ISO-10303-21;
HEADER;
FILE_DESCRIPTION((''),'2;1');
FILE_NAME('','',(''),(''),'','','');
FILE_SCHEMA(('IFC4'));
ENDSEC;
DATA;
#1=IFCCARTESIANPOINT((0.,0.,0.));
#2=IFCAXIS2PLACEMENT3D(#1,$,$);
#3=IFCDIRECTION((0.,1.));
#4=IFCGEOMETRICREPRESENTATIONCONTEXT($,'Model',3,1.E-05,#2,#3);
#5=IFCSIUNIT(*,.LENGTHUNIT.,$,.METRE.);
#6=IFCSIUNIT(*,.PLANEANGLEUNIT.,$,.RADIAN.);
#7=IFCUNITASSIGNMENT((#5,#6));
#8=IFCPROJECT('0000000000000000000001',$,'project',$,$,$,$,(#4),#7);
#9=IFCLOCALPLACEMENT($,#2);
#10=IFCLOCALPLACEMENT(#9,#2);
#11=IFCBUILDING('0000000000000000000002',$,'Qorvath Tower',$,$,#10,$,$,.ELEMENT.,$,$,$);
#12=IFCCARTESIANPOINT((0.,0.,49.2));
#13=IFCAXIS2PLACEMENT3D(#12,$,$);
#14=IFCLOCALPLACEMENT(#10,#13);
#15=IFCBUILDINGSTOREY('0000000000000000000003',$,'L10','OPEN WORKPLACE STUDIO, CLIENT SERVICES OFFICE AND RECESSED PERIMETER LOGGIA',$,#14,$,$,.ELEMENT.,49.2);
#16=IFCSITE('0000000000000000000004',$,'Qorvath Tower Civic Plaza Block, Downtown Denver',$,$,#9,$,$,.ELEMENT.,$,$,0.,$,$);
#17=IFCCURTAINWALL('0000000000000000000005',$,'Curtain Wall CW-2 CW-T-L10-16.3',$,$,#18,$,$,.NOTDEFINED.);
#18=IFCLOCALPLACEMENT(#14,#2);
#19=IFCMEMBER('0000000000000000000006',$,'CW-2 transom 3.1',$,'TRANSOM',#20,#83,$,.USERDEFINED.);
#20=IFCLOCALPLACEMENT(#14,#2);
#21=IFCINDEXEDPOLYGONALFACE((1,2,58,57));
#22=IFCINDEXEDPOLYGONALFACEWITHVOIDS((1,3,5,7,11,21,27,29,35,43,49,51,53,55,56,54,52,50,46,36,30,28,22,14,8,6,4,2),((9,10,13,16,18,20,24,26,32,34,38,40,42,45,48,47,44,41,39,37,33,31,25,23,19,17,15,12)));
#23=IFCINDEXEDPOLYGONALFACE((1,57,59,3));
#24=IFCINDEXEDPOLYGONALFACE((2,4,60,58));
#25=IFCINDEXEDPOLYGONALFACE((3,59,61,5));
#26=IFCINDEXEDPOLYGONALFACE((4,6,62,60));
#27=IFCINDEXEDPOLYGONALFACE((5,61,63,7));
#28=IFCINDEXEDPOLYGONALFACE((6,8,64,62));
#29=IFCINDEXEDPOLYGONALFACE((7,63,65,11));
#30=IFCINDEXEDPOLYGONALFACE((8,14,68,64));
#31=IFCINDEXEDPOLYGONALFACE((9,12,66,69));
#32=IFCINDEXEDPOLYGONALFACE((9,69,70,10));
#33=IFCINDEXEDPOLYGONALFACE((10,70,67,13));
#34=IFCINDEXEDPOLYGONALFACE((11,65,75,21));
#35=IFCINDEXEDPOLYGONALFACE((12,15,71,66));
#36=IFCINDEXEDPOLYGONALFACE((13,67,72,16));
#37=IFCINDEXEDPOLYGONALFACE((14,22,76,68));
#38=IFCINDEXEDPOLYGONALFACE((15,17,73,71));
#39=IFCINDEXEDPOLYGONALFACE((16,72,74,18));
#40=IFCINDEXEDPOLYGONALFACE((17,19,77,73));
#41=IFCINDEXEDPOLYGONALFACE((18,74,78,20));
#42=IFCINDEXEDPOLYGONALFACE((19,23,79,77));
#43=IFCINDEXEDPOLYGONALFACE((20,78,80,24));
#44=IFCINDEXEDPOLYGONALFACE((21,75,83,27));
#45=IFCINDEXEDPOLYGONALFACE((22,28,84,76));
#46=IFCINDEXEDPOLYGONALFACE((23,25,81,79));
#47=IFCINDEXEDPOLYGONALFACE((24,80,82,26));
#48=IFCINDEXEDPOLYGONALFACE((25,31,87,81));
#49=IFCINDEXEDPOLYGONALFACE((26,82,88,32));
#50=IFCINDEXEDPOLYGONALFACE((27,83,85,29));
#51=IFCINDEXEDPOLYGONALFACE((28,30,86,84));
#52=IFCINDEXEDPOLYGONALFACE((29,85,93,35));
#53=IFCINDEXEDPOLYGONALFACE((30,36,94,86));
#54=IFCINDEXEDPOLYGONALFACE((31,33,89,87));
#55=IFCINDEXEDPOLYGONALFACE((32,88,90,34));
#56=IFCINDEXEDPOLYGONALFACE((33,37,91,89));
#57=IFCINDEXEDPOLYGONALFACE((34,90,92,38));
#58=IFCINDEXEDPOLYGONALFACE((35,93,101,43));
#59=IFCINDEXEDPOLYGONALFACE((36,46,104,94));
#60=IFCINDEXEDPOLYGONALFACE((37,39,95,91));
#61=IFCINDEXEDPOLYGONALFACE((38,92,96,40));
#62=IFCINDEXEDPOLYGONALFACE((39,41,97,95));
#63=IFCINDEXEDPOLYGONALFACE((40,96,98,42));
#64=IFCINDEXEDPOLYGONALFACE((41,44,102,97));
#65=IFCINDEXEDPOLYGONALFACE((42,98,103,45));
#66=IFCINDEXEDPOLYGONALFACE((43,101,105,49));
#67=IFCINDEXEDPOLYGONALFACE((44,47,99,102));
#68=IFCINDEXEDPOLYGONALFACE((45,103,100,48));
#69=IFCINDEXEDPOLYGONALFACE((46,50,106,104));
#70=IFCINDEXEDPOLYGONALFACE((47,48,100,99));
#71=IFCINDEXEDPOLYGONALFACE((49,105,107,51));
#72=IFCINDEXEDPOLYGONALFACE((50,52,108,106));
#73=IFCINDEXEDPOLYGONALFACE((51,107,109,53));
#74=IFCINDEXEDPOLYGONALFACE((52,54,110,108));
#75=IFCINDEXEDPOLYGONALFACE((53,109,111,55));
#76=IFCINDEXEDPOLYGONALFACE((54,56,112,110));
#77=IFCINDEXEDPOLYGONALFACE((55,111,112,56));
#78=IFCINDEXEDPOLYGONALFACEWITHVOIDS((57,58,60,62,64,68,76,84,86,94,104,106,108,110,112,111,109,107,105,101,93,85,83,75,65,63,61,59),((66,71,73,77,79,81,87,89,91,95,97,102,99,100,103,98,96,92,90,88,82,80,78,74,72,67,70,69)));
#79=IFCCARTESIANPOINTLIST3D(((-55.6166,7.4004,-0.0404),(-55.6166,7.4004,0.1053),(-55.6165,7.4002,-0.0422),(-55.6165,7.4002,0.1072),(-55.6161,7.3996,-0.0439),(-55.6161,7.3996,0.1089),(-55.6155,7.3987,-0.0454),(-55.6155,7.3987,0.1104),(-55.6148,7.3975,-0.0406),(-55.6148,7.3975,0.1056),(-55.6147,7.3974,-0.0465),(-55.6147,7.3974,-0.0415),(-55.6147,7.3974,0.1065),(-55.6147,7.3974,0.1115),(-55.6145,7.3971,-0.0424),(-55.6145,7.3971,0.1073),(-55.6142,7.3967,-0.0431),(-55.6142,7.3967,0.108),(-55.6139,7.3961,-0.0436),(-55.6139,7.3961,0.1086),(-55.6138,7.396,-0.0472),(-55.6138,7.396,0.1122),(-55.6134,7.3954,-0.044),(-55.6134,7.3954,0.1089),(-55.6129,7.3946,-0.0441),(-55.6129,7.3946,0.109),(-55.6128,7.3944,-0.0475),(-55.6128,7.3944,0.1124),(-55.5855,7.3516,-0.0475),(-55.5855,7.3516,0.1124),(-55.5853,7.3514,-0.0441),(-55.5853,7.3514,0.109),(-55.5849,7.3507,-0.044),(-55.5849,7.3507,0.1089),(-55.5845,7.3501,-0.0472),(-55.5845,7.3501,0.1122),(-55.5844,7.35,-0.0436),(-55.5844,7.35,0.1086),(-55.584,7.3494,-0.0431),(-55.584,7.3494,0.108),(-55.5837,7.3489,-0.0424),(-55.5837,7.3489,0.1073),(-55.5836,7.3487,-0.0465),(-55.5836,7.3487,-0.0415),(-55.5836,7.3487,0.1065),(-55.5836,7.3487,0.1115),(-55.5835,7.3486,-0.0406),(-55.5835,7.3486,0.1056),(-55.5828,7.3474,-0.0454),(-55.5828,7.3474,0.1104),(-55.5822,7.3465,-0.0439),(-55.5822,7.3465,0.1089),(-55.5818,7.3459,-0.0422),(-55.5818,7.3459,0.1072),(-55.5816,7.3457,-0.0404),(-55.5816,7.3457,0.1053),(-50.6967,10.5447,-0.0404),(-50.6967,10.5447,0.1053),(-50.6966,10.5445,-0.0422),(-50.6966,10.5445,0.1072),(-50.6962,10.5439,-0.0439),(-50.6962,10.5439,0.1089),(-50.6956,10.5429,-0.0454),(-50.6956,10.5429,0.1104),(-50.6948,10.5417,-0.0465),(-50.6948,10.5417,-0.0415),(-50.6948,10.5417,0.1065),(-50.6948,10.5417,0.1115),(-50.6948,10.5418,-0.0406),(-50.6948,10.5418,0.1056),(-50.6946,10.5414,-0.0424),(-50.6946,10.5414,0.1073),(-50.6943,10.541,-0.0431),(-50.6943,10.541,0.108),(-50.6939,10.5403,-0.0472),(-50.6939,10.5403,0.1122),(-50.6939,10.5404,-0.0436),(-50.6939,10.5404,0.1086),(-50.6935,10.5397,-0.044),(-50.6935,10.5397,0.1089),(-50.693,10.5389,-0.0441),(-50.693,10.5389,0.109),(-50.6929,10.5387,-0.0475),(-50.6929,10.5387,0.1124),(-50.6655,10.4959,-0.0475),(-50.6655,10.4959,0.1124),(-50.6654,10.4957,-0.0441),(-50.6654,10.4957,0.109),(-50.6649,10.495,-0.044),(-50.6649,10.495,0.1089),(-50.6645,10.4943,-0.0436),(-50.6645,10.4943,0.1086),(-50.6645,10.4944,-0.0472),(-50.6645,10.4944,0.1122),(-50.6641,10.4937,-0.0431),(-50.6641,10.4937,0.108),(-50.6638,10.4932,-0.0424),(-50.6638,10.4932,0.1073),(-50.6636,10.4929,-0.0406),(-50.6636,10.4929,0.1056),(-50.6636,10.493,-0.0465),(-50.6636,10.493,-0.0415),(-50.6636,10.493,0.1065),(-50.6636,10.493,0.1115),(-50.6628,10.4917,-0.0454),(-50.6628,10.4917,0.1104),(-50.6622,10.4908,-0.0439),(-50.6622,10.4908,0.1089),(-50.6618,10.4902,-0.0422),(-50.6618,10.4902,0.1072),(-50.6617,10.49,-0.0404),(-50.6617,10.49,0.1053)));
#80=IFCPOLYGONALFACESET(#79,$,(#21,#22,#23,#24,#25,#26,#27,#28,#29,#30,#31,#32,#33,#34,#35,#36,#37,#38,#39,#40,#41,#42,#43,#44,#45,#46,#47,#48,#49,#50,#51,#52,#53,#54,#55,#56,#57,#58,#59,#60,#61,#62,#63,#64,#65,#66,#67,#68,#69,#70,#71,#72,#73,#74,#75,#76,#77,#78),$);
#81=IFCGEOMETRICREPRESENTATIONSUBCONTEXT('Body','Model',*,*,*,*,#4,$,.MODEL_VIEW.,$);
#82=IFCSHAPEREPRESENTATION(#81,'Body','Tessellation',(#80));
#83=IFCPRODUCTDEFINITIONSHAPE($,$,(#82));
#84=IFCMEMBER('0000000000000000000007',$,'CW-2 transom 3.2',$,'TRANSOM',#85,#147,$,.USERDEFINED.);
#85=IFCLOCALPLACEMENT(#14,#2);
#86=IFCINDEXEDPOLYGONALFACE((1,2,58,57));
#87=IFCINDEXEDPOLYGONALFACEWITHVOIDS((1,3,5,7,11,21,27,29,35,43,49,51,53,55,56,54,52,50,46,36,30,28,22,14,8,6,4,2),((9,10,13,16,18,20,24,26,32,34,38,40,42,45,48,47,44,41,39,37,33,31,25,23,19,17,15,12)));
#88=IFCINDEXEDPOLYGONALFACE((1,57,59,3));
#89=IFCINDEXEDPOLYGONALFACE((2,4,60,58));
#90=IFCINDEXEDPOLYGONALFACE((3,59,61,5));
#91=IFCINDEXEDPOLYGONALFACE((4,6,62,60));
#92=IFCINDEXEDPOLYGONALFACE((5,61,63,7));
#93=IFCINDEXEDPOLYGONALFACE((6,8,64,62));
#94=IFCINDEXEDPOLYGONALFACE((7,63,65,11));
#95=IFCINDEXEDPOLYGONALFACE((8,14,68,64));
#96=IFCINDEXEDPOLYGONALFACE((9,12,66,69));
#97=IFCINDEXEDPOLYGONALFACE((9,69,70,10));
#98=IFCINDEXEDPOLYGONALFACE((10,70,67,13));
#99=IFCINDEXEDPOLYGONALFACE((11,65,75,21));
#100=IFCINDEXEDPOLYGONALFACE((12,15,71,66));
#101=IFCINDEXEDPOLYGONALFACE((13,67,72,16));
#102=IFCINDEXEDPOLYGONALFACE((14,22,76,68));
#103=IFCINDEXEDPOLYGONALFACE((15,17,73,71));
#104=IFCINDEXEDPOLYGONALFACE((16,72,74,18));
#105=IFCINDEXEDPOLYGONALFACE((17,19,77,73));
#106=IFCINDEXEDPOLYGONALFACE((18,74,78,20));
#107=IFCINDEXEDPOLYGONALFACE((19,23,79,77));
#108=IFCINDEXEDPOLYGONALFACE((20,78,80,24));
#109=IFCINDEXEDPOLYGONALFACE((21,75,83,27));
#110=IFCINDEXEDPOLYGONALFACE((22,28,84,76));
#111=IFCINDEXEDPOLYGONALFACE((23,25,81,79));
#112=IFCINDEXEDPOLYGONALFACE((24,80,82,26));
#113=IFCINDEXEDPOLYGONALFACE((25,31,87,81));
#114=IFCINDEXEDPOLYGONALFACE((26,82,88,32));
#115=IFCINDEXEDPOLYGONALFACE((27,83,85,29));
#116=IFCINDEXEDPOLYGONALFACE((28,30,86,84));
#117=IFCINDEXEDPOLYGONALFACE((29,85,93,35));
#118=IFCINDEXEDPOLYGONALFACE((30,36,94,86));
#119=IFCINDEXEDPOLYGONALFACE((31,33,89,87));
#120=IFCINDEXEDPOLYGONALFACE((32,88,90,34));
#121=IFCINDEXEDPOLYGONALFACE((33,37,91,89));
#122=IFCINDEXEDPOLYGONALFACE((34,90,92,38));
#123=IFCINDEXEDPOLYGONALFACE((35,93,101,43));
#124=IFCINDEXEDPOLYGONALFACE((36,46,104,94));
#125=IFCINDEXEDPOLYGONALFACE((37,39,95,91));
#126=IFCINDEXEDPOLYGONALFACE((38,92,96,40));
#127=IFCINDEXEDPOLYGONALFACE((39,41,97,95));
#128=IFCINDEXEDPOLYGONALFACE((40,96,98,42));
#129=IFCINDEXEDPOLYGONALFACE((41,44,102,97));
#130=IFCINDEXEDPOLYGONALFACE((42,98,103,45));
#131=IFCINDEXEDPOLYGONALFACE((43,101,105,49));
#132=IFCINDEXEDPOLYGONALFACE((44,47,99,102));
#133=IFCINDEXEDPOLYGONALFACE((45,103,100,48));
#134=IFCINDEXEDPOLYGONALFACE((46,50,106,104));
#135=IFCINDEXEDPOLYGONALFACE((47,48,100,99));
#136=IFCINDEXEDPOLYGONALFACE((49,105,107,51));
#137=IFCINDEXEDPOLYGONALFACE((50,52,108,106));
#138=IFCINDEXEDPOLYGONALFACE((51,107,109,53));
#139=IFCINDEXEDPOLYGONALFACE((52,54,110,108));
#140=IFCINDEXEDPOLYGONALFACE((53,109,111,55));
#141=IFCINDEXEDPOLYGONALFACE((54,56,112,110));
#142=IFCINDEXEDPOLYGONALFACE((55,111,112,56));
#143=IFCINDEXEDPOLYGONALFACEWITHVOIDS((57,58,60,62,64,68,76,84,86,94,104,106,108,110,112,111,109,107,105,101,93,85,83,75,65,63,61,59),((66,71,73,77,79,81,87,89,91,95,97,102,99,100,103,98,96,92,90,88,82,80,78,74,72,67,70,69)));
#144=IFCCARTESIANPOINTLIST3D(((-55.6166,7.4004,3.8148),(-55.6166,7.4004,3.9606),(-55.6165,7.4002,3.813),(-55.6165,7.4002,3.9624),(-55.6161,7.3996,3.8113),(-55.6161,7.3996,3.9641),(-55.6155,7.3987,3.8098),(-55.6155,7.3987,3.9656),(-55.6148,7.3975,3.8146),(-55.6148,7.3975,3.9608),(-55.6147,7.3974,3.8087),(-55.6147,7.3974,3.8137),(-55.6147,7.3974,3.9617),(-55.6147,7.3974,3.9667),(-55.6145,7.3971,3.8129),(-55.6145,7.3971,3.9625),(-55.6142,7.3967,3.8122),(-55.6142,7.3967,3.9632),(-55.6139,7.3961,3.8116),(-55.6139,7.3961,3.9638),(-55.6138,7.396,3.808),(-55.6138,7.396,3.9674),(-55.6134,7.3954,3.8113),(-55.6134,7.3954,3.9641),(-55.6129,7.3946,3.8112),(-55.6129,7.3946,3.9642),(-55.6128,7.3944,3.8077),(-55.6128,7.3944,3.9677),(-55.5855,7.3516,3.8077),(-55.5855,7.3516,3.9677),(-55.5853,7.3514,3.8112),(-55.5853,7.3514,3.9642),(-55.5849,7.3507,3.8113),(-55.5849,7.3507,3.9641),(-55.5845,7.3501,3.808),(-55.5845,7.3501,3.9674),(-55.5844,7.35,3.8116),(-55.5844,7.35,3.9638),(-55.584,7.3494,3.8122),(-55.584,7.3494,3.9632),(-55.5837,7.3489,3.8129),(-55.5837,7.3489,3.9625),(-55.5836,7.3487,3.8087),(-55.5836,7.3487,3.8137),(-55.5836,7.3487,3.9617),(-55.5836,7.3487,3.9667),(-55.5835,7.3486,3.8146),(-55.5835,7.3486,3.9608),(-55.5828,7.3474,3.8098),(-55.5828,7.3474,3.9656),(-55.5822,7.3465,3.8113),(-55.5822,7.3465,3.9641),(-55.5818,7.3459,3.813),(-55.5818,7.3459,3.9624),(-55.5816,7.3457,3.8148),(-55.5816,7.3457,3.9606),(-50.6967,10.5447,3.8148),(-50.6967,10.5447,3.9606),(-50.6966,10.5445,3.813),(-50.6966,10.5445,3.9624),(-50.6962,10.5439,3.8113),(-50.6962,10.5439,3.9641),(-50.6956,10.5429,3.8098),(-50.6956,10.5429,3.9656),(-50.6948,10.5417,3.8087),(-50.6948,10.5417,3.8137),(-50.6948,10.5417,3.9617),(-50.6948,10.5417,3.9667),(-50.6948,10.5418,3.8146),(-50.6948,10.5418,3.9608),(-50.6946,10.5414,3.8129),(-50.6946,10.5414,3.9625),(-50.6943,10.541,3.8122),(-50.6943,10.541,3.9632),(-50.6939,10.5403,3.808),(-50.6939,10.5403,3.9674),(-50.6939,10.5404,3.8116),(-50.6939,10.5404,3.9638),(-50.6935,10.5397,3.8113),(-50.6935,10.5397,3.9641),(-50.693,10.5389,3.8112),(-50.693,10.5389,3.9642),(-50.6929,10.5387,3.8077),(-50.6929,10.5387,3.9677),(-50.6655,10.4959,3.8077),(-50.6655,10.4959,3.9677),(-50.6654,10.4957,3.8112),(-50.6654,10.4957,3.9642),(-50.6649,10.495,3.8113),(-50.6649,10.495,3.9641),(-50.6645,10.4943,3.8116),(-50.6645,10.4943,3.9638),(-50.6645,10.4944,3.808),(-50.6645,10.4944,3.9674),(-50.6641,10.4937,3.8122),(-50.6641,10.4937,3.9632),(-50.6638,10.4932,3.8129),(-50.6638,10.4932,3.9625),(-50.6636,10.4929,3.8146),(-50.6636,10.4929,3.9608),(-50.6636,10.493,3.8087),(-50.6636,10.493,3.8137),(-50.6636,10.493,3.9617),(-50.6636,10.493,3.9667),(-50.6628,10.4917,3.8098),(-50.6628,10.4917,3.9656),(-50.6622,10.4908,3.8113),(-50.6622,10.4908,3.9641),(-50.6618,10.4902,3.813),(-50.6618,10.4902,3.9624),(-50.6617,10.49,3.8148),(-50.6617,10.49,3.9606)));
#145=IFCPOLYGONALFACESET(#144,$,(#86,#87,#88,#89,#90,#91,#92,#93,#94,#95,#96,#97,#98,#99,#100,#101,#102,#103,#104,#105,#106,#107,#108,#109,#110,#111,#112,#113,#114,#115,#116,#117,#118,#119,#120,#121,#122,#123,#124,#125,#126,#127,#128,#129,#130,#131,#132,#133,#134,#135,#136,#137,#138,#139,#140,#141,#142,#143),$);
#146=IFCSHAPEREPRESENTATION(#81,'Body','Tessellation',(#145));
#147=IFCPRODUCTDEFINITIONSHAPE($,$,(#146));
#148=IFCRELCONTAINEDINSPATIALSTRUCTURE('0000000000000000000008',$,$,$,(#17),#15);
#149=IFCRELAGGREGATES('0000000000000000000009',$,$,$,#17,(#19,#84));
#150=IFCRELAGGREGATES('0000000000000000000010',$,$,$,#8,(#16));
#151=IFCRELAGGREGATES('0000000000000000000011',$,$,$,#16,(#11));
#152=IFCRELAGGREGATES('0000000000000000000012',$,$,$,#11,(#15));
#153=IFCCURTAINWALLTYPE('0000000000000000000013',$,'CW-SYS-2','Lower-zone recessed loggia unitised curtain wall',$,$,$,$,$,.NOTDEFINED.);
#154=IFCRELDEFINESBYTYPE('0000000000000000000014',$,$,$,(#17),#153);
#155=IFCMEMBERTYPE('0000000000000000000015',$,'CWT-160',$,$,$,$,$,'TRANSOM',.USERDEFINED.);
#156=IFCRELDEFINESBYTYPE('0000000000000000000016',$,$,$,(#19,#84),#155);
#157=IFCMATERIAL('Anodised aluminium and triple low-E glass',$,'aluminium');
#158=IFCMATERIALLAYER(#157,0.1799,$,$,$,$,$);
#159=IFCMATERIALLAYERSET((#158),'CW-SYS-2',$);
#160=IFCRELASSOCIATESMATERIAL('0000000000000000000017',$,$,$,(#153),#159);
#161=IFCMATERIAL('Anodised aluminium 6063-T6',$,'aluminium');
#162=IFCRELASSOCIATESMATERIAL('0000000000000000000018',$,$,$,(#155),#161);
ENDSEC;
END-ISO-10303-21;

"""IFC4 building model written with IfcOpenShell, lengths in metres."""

from ifc_helpers import new_model, si_unit, direction, frame, origin, origin_2d, place, context, subcontext, project, spatial, hollow_rectangle, extrude, material, layer, layer_set, material_profile, profile_set, type_object, element, aggregate, save


model = new_model("IFC4")

# Units and contexts
model_context = context("Model", 3, precision=1e-05, world=origin(), true_north=direction((0.0, 1.0)))
body_context = subcontext(model_context, "Body", "Model", "MODEL_VIEW")
ifc_project = project(units=[si_unit("LENGTHUNIT", "METRE"), si_unit("PLANEANGLEUNIT", "RADIAN")], contexts=[model_context])

# Site, building, storey
site_placement = place(None, origin())
site = spatial("IfcSite", under=ifc_project, at=site_placement, Name="Qorvath Tower Civic Plaza Block, Downtown Denver", CompositionType="ELEMENT", RefElevation=0.0)
building_placement = place(site_placement, origin())
building = spatial("IfcBuilding", under=site, at=building_placement, Name="Qorvath Tower", CompositionType="ELEMENT")
storey_placement = place(building_placement, frame((0.0, 0.0, 49.2)))
storey = spatial("IfcBuildingStorey", under=building, at=storey_placement, Name="L10", Description="OPEN WORKPLACE STUDIO, CLIENT SERVICES OFFICE AND RECESSED PERIMETER LOGGIA", CompositionType="ELEMENT", Elevation=49.2)

# Curtain wall, members
ifc_material_1 = material(Name="Anodised aluminium and triple low-E glass", Category="aluminium")
ifc_layer_1 = layer(ifc_material_1, 0.1799)
ifc_layer_set_1 = layer_set([ifc_layer_1], Name="CW-SYS-2")
curtain_wall_type = type_object("IfcCurtainWallType", Name="CW-SYS-2", Description="Lower-zone recessed loggia unitised curtain wall", PredefinedType="NOTDEFINED", material=ifc_layer_set_1)
curtain_wall_placement = place(storey_placement, origin())
curtain_wall = element("IfcCurtainWall", 1, at=curtain_wall_placement, inside=storey, type_object=curtain_wall_type, Name="Curtain Wall CW-2 CW-T-L10-16.3", PredefinedType="NOTDEFINED")
ifc_material_2 = material(Name="Anodised aluminium 6063-T6", Category="aluminium")
ifc_material_profile_1 = material_profile(ifc_material_2, hollow_rectangle(XDim=0.0649, YDim=0.1599, WallThickness=0.0034, InnerFilletRadius=0.0034, OuterFilletRadius=0.0071, at=origin_2d()), Name="CWT 160x65")
ifc_profile_set_1 = profile_set([ifc_material_profile_1], Name="Anodised aluminium 6063-T6")
member_type_1 = type_object("IfcMemberType", Name="CWT-160", ElementType="TRANSOM", PredefinedType="USERDEFINED", material=ifc_profile_set_1)
member_1_placement = place(storey_placement, frame((-50.6792, 10.5173, 0.0325), z_axis=(-0.842618, -0.538511, 0.0), x_axis=(0.538511, -0.842618, 0.0)))
member_1 = element("IfcMember", 2, at=member_1_placement, type_object=member_type_1, Name="CW-2 transom 3.1", ObjectType="TRANSOM", PredefinedType="USERDEFINED", context=body_context, shape_type="SweptSolid", body=[
    extrude(hollow_rectangle(XDim=0.0649, YDim=0.1599, WallThickness=0.0034, InnerFilletRadius=0.0034, OuterFilletRadius=0.0071, at=origin_2d()), origin(), (0.0, 0.0, 1.0), 5.8389),
])
member_2_placement = place(storey_placement, frame((-50.6792, 10.5173, 3.8877), z_axis=(-0.842618, -0.538511, 0.0), x_axis=(0.538511, -0.842618, 0.0)))
member_2 = element("IfcMember", 3, at=member_2_placement, type_object=member_type_1, Name="CW-2 transom 3.2", ObjectType="TRANSOM", PredefinedType="USERDEFINED", context=body_context, shape_type="SweptSolid", body=[
    extrude(hollow_rectangle(XDim=0.0649, YDim=0.1599, WallThickness=0.0034, InnerFilletRadius=0.0034, OuterFilletRadius=0.0071, at=origin_2d()), origin(), (0.0, 0.0, 1.0), 5.8389),
])

aggregate(curtain_wall, [member_1, member_2])

save(model, "model.ifc")
